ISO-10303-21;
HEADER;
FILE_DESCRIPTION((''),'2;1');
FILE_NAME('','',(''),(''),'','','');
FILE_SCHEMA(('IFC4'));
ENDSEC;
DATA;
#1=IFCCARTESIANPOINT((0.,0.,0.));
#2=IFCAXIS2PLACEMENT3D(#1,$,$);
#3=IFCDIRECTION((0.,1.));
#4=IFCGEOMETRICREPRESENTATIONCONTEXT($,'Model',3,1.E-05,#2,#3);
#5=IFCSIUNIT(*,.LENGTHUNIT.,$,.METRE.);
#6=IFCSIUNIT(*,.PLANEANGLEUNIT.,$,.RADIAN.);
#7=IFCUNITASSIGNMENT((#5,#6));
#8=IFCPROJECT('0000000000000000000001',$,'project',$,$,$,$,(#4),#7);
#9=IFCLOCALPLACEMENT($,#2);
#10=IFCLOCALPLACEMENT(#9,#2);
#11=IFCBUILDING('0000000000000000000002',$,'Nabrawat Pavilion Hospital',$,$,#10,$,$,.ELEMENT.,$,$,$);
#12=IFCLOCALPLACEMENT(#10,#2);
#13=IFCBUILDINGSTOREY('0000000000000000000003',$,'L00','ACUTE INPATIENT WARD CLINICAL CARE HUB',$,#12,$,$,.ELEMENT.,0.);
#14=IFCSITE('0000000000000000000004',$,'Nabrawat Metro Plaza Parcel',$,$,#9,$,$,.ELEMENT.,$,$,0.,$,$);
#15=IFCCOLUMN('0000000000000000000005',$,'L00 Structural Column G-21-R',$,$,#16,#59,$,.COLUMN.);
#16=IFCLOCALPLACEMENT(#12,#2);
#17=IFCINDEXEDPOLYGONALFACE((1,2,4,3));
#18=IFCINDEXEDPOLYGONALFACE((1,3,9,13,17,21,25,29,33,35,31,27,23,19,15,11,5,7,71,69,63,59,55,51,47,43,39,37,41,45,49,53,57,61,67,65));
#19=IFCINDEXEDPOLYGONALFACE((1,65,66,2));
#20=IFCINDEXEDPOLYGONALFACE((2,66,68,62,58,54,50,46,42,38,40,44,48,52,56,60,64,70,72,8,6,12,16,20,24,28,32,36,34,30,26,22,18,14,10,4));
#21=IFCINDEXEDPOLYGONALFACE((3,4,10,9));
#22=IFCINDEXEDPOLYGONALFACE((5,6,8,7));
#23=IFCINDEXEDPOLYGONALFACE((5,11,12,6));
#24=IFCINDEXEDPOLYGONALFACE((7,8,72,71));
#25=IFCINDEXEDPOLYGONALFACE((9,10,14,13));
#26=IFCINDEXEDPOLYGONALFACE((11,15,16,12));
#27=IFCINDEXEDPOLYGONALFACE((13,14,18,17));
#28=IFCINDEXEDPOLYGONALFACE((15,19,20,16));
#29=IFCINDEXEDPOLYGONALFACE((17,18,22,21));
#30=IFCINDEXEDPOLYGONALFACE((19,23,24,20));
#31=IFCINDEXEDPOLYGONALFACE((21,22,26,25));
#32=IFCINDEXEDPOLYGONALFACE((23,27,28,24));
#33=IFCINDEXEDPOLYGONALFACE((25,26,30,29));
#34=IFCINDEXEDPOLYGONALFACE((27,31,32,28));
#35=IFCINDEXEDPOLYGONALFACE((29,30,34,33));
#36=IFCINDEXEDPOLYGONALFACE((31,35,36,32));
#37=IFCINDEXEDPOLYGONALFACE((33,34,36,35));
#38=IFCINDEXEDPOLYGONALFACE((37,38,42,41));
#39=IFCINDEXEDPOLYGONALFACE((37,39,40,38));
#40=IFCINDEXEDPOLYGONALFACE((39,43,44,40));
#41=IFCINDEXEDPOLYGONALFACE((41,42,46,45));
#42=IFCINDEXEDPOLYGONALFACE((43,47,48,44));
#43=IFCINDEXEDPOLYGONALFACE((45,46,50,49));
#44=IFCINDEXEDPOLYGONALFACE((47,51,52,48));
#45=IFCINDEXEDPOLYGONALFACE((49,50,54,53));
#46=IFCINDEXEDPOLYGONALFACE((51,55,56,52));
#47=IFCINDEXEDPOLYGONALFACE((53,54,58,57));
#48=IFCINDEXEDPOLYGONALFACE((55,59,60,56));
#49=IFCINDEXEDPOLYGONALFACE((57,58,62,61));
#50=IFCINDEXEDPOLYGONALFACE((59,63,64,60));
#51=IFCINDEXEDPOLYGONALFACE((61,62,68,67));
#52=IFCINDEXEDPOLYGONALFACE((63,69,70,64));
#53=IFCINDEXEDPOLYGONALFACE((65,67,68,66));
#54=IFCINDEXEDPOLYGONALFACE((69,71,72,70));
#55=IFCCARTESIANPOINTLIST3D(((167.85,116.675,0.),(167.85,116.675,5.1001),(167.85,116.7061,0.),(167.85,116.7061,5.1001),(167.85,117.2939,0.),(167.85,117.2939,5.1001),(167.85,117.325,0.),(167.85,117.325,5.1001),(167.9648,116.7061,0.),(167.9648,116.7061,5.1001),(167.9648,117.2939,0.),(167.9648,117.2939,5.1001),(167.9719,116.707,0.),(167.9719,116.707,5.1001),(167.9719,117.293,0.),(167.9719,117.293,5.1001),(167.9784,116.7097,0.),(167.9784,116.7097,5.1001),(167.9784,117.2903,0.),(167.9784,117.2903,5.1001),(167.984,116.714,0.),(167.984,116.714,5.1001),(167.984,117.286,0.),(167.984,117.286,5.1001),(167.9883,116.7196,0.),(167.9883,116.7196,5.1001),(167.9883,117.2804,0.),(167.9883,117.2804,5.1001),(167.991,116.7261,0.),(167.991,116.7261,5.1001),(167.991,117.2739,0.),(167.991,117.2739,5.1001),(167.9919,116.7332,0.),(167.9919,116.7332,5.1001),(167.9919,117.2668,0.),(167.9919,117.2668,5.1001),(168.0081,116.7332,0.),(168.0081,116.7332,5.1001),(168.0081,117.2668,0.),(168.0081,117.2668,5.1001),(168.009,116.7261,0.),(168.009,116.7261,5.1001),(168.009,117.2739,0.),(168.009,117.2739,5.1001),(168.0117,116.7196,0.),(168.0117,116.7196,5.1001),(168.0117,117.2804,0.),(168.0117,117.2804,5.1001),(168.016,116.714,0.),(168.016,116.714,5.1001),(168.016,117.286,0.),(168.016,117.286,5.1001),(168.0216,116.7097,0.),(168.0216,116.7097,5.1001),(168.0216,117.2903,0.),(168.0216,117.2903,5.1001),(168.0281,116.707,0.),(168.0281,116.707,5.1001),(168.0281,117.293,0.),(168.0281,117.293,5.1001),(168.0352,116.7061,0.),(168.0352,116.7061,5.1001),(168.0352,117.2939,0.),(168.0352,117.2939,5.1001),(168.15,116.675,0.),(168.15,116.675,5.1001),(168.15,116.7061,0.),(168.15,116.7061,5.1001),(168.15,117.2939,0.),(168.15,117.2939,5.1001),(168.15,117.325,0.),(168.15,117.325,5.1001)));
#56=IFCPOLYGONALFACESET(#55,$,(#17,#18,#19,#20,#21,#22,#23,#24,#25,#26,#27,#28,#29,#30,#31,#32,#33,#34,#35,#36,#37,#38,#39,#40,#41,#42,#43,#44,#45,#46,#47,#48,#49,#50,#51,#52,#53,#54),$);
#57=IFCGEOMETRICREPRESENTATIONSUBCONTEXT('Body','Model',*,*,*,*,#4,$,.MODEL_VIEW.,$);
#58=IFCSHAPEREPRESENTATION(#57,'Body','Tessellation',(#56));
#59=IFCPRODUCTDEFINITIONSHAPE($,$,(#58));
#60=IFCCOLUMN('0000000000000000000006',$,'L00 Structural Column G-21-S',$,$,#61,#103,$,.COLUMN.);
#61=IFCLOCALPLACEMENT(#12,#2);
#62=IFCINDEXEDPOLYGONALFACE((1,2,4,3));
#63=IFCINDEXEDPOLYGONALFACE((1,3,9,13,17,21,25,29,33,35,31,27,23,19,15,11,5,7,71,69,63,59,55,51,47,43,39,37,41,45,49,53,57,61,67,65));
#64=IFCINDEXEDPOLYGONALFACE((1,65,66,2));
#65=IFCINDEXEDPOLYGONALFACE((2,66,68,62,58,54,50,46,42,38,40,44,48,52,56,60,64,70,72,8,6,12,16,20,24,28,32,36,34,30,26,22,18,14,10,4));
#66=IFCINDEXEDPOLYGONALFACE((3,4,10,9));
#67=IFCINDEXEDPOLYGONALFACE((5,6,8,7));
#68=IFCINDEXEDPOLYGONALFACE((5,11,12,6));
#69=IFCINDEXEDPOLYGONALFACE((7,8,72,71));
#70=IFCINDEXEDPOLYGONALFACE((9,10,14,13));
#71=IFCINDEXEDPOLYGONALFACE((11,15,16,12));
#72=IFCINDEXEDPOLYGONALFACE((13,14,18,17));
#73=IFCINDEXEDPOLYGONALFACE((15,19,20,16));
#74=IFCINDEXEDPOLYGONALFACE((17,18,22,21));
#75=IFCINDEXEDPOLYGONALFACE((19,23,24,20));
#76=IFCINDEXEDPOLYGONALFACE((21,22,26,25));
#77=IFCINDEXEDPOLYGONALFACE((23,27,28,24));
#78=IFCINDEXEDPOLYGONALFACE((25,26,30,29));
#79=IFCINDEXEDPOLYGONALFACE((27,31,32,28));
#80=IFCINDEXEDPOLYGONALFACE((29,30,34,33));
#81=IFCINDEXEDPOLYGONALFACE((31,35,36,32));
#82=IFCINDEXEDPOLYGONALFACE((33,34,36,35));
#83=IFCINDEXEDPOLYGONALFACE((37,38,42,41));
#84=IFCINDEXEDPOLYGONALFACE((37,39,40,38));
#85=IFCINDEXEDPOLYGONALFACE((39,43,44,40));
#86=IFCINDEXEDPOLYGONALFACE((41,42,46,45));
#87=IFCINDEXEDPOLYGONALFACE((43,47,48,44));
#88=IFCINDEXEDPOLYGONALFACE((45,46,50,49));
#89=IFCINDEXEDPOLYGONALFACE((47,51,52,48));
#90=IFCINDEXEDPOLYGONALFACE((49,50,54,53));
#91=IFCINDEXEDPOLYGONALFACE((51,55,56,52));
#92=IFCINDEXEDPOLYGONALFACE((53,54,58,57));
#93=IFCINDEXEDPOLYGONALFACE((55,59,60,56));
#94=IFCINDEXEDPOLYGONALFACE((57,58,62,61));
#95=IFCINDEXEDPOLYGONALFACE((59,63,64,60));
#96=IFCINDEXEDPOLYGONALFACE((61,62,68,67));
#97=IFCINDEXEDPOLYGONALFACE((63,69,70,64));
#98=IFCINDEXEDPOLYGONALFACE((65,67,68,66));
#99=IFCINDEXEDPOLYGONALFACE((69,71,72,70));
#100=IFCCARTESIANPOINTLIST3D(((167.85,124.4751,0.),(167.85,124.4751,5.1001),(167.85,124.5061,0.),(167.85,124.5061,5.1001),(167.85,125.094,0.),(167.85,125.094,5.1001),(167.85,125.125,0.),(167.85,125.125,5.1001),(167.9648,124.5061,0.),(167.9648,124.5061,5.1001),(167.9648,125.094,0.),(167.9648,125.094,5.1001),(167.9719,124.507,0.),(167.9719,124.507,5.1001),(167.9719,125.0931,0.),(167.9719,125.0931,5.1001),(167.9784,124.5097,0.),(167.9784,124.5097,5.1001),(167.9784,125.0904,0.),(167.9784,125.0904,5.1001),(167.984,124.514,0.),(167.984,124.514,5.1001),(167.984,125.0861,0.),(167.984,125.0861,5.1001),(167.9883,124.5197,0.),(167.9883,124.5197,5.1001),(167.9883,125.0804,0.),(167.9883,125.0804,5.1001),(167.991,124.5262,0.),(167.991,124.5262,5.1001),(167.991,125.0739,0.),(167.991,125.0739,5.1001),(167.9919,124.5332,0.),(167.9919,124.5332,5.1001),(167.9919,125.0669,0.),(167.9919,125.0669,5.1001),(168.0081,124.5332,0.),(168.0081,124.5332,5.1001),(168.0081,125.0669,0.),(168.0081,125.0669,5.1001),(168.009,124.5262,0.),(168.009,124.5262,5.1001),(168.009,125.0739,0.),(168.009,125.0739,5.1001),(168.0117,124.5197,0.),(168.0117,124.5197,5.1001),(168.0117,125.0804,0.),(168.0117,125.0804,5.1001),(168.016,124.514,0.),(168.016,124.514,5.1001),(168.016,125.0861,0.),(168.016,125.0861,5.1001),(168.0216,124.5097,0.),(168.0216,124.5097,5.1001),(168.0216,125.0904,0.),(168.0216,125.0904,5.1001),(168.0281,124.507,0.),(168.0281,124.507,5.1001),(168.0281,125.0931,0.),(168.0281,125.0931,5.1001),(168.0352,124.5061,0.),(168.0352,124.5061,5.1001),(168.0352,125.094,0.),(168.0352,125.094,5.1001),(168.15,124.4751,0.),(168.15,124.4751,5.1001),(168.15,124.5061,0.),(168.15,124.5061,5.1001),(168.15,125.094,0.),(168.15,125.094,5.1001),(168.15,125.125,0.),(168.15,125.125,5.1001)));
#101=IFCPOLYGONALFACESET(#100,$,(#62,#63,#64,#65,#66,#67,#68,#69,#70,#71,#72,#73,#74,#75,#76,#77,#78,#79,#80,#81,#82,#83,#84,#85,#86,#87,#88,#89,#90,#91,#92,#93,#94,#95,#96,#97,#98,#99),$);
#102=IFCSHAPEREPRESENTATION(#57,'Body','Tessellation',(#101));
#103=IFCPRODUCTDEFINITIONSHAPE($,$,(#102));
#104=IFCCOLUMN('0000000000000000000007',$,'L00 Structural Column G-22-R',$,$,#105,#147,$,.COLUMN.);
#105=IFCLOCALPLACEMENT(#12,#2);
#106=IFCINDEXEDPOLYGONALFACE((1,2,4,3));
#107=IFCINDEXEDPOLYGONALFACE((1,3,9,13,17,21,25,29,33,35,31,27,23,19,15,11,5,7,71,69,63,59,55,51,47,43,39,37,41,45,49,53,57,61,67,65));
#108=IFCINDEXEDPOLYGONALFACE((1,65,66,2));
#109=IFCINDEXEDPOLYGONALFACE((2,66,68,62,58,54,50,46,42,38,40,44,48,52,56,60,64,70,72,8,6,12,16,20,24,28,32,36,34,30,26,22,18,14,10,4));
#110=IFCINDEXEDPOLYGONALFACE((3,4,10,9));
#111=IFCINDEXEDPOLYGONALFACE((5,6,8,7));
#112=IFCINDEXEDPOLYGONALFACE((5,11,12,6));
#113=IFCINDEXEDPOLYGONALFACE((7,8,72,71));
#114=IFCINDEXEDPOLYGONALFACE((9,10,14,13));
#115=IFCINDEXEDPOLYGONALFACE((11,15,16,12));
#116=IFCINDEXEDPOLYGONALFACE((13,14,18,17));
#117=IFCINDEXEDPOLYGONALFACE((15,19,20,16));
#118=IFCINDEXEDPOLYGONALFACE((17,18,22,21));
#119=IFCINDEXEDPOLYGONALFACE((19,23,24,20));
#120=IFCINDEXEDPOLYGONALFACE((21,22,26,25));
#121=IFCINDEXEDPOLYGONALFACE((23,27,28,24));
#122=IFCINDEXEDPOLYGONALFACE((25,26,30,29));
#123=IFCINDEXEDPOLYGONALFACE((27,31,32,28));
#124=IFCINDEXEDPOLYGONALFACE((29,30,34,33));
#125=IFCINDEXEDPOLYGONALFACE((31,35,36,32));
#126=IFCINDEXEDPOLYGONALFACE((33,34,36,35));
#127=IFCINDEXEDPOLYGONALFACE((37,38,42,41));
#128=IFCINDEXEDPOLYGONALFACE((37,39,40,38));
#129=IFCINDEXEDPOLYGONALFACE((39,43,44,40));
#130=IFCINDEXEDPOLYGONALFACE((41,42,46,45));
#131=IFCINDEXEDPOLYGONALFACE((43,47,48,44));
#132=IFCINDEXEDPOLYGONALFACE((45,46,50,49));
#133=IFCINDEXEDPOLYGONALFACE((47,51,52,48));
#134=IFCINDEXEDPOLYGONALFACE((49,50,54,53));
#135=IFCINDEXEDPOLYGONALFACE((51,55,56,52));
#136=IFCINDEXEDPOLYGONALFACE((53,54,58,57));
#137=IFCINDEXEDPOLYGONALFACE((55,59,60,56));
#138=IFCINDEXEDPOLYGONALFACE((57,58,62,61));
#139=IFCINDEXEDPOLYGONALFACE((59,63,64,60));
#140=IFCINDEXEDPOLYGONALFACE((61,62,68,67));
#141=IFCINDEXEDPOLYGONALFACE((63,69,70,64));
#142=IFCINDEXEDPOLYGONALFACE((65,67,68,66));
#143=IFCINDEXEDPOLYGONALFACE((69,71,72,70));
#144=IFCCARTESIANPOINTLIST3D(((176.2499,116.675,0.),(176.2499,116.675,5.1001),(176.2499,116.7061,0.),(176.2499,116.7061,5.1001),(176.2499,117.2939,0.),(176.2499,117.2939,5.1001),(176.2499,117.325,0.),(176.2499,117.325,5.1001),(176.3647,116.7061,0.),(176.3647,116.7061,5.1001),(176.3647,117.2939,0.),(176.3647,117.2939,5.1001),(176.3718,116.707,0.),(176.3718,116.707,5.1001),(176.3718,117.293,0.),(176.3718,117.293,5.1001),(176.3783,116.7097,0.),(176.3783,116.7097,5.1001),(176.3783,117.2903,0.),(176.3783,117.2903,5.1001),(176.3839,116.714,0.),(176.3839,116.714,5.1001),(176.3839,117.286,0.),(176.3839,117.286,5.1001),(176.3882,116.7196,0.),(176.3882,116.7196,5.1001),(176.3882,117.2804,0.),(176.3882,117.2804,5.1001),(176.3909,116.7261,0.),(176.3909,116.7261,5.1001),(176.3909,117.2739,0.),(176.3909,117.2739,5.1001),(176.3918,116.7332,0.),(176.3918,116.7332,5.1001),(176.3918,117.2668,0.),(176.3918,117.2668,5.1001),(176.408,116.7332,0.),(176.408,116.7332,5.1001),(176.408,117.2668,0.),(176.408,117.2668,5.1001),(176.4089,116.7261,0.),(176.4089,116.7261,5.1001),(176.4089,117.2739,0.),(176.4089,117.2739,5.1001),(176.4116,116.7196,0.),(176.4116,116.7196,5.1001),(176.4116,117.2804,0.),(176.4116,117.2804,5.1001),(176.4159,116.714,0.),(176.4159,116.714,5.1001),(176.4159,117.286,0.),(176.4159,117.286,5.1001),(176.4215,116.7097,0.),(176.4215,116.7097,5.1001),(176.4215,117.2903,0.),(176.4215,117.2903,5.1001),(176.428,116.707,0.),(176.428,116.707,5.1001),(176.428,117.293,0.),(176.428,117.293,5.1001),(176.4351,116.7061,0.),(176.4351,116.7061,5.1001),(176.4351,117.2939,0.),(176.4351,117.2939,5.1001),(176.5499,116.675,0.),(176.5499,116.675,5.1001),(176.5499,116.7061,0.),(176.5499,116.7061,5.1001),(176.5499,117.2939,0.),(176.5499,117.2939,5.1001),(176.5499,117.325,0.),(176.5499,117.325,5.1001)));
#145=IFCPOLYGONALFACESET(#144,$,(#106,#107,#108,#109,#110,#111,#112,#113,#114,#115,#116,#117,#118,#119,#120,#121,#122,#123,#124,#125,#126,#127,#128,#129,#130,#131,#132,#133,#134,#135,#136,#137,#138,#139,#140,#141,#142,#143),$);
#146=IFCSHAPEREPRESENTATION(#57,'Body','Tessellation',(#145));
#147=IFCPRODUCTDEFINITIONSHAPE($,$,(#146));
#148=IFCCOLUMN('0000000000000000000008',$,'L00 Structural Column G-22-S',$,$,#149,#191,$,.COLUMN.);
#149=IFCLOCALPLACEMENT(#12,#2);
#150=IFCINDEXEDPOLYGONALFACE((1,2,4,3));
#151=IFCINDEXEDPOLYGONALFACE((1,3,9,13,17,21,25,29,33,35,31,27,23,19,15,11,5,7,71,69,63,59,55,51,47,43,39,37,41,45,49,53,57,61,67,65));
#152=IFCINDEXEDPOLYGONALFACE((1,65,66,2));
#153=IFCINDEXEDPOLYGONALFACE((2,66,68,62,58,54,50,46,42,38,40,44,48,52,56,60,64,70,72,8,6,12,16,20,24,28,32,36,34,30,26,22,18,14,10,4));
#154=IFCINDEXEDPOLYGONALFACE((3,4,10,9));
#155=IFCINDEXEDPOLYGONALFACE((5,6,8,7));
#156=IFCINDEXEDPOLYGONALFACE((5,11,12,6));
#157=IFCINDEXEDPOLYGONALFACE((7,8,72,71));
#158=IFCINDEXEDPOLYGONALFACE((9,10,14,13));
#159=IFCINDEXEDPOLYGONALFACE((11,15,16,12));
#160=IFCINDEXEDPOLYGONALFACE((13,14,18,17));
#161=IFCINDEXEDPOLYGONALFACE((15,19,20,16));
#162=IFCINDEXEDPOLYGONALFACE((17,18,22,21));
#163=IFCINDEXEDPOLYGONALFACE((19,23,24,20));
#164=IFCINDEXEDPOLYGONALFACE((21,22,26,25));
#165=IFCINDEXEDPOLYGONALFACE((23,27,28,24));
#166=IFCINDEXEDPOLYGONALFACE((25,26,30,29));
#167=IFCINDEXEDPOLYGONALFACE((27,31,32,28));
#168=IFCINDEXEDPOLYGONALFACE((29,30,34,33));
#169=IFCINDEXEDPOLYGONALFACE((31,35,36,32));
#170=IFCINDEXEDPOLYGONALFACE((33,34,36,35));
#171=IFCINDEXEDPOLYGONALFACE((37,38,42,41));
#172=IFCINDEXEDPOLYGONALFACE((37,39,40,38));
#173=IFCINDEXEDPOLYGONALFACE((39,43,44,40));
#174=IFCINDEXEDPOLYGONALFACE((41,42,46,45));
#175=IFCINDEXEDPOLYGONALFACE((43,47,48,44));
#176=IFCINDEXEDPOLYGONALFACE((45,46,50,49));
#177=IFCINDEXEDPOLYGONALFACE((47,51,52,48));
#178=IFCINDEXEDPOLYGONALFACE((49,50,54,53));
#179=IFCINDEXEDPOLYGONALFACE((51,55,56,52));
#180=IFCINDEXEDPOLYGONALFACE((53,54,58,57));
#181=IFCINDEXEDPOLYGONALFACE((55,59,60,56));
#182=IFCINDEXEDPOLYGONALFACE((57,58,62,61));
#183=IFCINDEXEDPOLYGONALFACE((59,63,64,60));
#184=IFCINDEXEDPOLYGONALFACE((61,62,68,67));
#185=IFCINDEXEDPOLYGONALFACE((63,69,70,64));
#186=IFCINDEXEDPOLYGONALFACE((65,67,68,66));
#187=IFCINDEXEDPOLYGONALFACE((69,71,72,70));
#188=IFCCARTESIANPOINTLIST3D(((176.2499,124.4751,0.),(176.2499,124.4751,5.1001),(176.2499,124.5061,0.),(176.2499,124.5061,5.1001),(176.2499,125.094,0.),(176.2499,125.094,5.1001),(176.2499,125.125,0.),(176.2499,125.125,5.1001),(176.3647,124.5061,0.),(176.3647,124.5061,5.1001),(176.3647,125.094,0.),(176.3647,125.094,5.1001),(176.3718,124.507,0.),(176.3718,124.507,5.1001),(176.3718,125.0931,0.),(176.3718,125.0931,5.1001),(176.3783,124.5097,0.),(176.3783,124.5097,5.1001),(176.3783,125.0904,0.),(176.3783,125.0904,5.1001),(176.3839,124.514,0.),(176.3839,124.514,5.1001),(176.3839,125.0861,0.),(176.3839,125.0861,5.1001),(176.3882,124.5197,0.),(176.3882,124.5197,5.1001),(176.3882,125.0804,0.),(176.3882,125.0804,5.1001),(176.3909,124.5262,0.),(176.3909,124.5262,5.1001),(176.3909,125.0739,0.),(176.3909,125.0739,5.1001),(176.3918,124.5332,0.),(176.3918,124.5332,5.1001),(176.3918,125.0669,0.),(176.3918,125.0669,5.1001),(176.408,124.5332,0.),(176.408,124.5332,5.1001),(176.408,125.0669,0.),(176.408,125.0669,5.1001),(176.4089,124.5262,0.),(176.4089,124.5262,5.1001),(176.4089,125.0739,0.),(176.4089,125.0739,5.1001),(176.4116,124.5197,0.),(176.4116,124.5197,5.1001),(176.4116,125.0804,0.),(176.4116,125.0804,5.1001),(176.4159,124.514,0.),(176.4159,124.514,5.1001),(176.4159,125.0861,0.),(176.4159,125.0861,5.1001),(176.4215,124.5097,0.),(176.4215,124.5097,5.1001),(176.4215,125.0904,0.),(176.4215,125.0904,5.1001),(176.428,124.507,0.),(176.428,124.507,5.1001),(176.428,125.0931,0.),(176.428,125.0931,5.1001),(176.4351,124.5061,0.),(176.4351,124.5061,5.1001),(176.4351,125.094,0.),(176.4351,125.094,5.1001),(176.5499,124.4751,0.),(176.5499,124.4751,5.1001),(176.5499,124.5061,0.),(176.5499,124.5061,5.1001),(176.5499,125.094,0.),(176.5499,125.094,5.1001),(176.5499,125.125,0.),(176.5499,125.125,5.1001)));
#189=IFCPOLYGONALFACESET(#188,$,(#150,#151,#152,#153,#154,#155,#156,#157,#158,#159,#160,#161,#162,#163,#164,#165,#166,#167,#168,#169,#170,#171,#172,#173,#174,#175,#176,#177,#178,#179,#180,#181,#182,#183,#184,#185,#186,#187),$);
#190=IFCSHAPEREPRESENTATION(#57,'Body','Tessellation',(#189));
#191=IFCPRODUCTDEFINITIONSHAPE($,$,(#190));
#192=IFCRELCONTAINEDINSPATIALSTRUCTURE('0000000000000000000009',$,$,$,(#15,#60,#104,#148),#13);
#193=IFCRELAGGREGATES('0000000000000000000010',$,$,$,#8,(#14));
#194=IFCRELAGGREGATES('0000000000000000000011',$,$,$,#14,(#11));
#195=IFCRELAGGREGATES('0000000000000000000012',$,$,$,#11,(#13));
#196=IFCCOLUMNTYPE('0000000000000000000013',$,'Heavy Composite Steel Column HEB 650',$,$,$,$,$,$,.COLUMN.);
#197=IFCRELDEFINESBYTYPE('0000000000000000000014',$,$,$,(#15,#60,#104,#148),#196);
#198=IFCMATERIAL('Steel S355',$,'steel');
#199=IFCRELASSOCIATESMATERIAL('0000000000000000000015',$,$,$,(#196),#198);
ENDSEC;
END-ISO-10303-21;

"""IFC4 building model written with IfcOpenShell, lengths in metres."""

from ifc_helpers import new_model, si_unit, direction, frame, origin, origin_2d, place, context, subcontext, project, spatial, i_section, extrude, material, material_profile, profile_set, type_object, element, save


model = new_model("IFC4")

# Units and contexts
model_context = context("Model", 3, precision=1e-05, world=origin(), true_north=direction((0.0, 1.0)))
body_context = subcontext(model_context, "Body", "Model", "MODEL_VIEW")
ifc_project = project(units=[si_unit("LENGTHUNIT", "METRE"), si_unit("PLANEANGLEUNIT", "RADIAN")], contexts=[model_context])

# Site, building, storey
site_placement = place(None, origin())
site = spatial("IfcSite", under=ifc_project, at=site_placement, Name="Nabrawat Metro Plaza Parcel", CompositionType="ELEMENT", RefElevation=0.0)
building_placement = place(site_placement, origin())
building = spatial("IfcBuilding", under=site, at=building_placement, Name="Nabrawat Pavilion Hospital", CompositionType="ELEMENT")
storey_placement = place(building_placement, origin())
storey = spatial("IfcBuildingStorey", under=building, at=storey_placement, Name="L00", Description="ACUTE INPATIENT WARD CLINICAL CARE HUB", CompositionType="ELEMENT", Elevation=0.0)

# Columns
ifc_material_1 = material(Name="Steel S355", Category="steel")
ifc_material_profile_1 = material_profile(ifc_material_1, i_section(OverallWidth=0.3, OverallDepth=0.6499, WebThickness=0.0161, FlangeThickness=0.031, FilletRadius=0.0271, at=origin_2d()), Name="HEB 650")
ifc_profile_set_1 = profile_set([ifc_material_profile_1], Name="Steel S355")
column_type = type_object("IfcColumnType", Name="Heavy Composite Steel Column HEB 650", PredefinedType="COLUMN", material=ifc_profile_set_1)
for number, where, z_axis, x_axis, name in (
    (1, (168.0, 117.0, 0.0), (0.0, 0.0, 1.0), (1.0, 0.0, 0.0), "L00 Structural Column G-21-R"),
    (2, (168.0, 124.8, 0.0), (0.0, 0.0, 1.0), (1.0, 0.0, 0.0), "L00 Structural Column G-21-S"),
    (3, (176.3999, 117.0, 0.0), (0.0, 0.0, 1.0), (1.0, 0.0, 0.0), "L00 Structural Column G-22-R"),
    (4, (176.3999, 124.8, 0.0), (0.0, 0.0, 1.0), (1.0, 0.0, 0.0), "L00 Structural Column G-22-S"),
):
    element("IfcColumn", number, at=place(storey_placement, frame(where, z_axis=z_axis, x_axis=x_axis)), inside=storey, type_object=column_type, Name=name, PredefinedType="COLUMN", context=body_context, shape_type="SweptSolid", body=[
        extrude(i_section(OverallWidth=0.3, OverallDepth=0.6499, WebThickness=0.0161, FlangeThickness=0.031, FilletRadius=0.0271, at=origin_2d()), origin(), (0.0, 0.0, 1.0), 5.1001),
    ])

save(model, "model.ifc")
